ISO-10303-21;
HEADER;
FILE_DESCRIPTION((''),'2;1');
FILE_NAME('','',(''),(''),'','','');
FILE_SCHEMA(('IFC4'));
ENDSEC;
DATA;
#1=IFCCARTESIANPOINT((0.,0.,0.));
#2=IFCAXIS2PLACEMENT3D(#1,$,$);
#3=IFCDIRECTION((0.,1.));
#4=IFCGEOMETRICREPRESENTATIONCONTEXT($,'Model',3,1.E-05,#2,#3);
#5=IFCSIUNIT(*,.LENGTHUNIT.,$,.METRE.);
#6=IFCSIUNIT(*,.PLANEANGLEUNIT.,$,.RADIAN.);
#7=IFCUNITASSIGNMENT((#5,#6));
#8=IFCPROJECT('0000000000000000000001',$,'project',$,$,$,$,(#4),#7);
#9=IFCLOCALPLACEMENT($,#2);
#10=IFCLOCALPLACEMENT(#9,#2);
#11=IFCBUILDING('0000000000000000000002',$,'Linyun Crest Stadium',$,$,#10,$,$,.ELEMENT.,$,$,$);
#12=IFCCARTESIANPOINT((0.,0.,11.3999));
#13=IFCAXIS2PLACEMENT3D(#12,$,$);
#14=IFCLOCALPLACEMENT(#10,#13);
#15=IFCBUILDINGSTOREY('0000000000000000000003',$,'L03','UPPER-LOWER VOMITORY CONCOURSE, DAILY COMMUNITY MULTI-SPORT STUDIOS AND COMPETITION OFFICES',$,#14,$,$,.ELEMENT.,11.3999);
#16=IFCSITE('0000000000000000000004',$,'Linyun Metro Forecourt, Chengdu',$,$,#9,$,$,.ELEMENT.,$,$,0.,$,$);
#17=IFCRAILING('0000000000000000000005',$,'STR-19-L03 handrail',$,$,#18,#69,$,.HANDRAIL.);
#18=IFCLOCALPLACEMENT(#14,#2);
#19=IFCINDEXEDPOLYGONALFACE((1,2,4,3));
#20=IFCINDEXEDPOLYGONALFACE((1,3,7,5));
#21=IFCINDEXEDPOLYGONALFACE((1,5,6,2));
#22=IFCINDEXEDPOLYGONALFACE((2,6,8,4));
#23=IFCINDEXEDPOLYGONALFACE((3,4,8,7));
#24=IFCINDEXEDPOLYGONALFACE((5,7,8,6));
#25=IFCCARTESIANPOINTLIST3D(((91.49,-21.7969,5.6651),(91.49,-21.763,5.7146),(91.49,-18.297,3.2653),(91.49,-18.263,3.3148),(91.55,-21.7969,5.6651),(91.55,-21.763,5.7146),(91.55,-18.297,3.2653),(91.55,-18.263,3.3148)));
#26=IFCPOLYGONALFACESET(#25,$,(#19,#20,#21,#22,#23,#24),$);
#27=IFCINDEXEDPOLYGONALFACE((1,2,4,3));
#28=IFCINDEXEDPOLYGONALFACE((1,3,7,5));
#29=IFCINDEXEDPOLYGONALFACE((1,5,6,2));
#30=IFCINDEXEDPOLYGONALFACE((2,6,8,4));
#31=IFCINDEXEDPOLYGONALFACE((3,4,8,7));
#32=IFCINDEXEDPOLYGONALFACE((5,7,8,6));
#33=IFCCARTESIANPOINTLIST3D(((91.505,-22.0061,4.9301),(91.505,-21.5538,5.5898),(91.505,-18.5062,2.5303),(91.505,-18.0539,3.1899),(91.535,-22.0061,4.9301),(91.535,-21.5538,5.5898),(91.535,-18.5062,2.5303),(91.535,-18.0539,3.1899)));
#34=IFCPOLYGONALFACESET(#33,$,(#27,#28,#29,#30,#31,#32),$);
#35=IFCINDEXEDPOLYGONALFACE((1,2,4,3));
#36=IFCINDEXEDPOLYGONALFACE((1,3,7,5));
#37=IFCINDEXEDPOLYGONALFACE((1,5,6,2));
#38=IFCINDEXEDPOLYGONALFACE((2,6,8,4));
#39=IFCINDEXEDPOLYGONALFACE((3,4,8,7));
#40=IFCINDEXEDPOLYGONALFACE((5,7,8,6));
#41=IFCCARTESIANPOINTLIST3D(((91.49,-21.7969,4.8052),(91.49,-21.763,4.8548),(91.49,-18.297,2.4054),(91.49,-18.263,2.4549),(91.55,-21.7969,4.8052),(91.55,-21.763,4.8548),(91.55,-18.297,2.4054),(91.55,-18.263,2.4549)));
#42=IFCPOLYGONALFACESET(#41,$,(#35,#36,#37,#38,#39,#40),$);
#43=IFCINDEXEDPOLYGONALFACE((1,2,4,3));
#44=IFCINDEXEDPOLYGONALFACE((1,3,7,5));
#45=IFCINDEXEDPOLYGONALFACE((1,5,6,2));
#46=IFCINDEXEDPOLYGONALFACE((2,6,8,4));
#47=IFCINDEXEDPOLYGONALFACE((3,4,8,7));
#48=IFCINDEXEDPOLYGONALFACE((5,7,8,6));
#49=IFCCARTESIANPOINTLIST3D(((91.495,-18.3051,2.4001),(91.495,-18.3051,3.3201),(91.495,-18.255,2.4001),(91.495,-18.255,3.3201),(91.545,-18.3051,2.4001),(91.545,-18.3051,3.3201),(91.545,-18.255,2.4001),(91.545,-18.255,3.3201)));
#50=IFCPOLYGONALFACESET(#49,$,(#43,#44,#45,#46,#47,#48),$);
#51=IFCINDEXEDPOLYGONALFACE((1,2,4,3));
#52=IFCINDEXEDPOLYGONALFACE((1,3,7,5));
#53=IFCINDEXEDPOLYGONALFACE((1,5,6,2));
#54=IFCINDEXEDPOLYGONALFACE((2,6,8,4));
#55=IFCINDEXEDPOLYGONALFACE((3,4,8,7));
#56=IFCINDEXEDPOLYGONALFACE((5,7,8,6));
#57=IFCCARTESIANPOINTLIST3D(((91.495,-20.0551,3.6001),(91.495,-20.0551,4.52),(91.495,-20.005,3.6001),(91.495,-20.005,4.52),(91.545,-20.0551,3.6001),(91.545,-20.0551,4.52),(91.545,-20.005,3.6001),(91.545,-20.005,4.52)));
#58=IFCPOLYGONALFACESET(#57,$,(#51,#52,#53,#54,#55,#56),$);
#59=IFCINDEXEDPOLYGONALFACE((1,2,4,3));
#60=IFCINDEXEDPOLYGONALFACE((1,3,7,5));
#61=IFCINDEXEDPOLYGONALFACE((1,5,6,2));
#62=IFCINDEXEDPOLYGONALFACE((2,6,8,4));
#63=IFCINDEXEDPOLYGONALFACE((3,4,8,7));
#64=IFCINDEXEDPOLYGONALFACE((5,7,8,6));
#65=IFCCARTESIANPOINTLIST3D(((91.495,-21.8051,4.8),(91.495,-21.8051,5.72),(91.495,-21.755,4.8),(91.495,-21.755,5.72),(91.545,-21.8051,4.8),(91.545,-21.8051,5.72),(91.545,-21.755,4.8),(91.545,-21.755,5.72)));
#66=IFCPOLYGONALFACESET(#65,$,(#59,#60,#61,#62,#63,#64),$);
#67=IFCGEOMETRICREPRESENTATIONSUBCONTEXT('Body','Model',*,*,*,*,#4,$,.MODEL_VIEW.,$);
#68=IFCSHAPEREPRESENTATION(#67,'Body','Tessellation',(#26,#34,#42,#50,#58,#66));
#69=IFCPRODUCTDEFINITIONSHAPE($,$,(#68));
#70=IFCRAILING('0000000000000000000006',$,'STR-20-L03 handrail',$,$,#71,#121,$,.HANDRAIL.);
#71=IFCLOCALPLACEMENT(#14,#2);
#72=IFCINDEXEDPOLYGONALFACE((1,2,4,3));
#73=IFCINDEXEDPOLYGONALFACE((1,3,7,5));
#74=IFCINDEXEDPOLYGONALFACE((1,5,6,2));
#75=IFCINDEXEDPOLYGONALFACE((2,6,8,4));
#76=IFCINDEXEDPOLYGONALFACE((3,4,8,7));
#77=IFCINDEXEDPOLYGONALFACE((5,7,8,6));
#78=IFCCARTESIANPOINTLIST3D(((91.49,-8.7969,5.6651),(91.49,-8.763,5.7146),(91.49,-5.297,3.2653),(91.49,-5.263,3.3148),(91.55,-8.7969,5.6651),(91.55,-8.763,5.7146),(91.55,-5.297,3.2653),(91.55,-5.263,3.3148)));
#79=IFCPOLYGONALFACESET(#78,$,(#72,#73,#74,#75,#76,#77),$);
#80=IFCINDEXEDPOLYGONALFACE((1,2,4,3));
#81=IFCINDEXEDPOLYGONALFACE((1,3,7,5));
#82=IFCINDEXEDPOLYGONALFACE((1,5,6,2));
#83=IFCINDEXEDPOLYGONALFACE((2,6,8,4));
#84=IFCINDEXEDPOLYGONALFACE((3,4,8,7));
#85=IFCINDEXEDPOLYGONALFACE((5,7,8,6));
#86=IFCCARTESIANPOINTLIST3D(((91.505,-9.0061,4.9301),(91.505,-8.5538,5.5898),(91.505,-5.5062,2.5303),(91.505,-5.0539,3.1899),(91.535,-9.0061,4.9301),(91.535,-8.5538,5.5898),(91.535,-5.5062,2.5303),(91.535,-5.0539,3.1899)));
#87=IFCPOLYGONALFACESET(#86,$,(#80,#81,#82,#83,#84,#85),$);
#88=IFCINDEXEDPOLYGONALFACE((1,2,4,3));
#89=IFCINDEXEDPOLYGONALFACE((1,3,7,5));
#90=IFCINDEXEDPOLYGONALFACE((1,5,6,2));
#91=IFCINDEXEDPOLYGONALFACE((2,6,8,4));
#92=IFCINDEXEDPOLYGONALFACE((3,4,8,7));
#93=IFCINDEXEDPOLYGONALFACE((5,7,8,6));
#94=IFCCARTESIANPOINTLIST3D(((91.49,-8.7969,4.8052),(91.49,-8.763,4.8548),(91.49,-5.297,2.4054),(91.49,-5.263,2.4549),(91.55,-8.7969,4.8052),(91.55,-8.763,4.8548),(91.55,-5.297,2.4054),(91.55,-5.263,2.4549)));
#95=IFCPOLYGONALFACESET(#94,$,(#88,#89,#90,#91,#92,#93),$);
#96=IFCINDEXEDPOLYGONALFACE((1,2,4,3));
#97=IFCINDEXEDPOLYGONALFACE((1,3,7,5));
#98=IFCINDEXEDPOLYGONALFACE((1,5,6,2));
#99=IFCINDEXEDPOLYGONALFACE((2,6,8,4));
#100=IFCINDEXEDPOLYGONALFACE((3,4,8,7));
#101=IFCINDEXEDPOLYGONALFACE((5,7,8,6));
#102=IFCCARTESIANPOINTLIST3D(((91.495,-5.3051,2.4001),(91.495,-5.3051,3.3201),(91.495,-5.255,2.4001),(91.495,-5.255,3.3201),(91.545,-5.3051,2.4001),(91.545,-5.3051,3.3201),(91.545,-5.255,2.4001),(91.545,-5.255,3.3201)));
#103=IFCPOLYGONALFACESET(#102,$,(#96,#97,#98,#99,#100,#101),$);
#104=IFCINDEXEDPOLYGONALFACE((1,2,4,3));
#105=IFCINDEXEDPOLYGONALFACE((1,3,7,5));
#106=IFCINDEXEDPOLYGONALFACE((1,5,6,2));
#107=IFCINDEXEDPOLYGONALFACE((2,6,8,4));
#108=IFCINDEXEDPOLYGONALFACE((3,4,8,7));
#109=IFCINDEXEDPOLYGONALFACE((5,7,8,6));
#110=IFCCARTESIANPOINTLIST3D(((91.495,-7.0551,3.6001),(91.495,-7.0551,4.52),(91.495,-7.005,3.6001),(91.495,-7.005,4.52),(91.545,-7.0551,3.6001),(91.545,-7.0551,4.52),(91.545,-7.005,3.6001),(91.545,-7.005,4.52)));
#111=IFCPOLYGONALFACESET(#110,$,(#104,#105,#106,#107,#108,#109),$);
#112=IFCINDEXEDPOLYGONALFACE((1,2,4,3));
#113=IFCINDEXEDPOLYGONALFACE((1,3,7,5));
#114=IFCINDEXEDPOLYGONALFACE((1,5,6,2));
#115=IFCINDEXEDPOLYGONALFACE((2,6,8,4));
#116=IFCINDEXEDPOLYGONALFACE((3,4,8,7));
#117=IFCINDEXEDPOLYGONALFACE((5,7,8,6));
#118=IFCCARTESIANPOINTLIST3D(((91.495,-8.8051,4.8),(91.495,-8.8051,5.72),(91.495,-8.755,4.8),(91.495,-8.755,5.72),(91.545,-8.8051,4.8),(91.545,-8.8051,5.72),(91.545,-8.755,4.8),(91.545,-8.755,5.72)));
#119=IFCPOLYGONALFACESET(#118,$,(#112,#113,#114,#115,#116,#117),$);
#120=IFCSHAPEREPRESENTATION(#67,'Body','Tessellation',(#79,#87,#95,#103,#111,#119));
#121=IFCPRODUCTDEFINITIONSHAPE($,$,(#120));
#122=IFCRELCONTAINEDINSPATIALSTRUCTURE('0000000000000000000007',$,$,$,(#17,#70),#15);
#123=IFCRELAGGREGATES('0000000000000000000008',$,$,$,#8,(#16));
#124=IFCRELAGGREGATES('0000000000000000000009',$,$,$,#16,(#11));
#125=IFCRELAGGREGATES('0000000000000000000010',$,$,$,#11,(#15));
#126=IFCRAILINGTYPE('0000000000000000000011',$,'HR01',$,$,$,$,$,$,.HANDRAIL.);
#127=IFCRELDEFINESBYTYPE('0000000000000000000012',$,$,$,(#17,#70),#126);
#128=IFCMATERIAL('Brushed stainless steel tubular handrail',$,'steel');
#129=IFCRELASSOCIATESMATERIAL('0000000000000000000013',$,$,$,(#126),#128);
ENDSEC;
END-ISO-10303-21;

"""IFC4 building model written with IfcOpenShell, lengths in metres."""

from ifc_helpers import new_model, si_unit, direction, frame, origin, origin_2d, place, context, subcontext, project, spatial, rectangle, extrude, material, type_object, element, save


model = new_model("IFC4")

# Units and contexts
model_context = context("Model", 3, precision=1e-05, world=origin(), true_north=direction((0.0, 1.0)))
body_context = subcontext(model_context, "Body", "Model", "MODEL_VIEW")
ifc_project = project(units=[si_unit("LENGTHUNIT", "METRE"), si_unit("PLANEANGLEUNIT", "RADIAN")], contexts=[model_context])

# Site, building, storey
site_placement = place(None, origin())
site = spatial("IfcSite", under=ifc_project, at=site_placement, Name="Linyun Metro Forecourt, Chengdu", CompositionType="ELEMENT", RefElevation=0.0)
building_placement = place(site_placement, origin())
building = spatial("IfcBuilding", under=site, at=building_placement, Name="Linyun Crest Stadium", CompositionType="ELEMENT")
storey_placement = place(building_placement, frame((0.0, 0.0, 11.3999)))
storey = spatial("IfcBuildingStorey", under=building, at=storey_placement, Name="L03", Description="UPPER-LOWER VOMITORY CONCOURSE, DAILY COMMUNITY MULTI-SPORT STUDIOS AND COMPETITION OFFICES", CompositionType="ELEMENT", Elevation=11.3999)

# Railings
ifc_material_1 = material(Name="Brushed stainless steel tubular handrail", Category="steel")
railing_type_1 = type_object("IfcRailingType", Name="HR01", PredefinedType="HANDRAIL", material=ifc_material_1)
for number, where, name in (
    (1, (91.52, -18.28, 2.4001), "STR-19-L03 handrail"),
    (2, (91.52, -5.28, 2.4001), "STR-20-L03 handrail"),
):
    element("IfcRailing", number, at=place(storey_placement, frame(where)), inside=storey, type_object=railing_type_1, Name=name, PredefinedType="HANDRAIL", context=body_context, shape_type="SweptSolid", body=[
        extrude(rectangle(XDim=0.0601, YDim=0.0601, at=origin_2d()), frame((0.0, 0.0, 0.8899), z_axis=(0.0, -0.82474, 0.565513), x_axis=(1.0, 0.0, 0.0)), (0.0, 0.0, 1.0), 4.2437),
        extrude(rectangle(XDim=0.03, YDim=0.7998, at=origin_2d()), frame((0.0, 0.0, 0.46), z_axis=(0.0, -0.82474, 0.565513), x_axis=(1.0, 0.0, 0.0)), (0.0, 0.0, 1.0), 4.2437),
        extrude(rectangle(XDim=0.0601, YDim=0.0601, at=origin_2d()), frame((0.0, 0.0, 0.03), z_axis=(0.0, -0.82474, 0.565513), x_axis=(1.0, 0.0, 0.0)), (0.0, 0.0, 1.0), 4.2437),
        extrude(rectangle(XDim=0.05, YDim=0.05, at=origin_2d()), origin(), (0.0, 0.0, 1.0), 0.9199),
        extrude(rectangle(XDim=0.05, YDim=0.05, at=origin_2d()), frame((0.0, -1.75, 1.2)), (0.0, 0.0, 1.0), 0.9199),
        extrude(rectangle(XDim=0.05, YDim=0.05, at=origin_2d()), frame((0.0, -3.5, 2.3999)), (0.0, 0.0, 1.0), 0.9199),
    ])

save(model, "model.ifc")
